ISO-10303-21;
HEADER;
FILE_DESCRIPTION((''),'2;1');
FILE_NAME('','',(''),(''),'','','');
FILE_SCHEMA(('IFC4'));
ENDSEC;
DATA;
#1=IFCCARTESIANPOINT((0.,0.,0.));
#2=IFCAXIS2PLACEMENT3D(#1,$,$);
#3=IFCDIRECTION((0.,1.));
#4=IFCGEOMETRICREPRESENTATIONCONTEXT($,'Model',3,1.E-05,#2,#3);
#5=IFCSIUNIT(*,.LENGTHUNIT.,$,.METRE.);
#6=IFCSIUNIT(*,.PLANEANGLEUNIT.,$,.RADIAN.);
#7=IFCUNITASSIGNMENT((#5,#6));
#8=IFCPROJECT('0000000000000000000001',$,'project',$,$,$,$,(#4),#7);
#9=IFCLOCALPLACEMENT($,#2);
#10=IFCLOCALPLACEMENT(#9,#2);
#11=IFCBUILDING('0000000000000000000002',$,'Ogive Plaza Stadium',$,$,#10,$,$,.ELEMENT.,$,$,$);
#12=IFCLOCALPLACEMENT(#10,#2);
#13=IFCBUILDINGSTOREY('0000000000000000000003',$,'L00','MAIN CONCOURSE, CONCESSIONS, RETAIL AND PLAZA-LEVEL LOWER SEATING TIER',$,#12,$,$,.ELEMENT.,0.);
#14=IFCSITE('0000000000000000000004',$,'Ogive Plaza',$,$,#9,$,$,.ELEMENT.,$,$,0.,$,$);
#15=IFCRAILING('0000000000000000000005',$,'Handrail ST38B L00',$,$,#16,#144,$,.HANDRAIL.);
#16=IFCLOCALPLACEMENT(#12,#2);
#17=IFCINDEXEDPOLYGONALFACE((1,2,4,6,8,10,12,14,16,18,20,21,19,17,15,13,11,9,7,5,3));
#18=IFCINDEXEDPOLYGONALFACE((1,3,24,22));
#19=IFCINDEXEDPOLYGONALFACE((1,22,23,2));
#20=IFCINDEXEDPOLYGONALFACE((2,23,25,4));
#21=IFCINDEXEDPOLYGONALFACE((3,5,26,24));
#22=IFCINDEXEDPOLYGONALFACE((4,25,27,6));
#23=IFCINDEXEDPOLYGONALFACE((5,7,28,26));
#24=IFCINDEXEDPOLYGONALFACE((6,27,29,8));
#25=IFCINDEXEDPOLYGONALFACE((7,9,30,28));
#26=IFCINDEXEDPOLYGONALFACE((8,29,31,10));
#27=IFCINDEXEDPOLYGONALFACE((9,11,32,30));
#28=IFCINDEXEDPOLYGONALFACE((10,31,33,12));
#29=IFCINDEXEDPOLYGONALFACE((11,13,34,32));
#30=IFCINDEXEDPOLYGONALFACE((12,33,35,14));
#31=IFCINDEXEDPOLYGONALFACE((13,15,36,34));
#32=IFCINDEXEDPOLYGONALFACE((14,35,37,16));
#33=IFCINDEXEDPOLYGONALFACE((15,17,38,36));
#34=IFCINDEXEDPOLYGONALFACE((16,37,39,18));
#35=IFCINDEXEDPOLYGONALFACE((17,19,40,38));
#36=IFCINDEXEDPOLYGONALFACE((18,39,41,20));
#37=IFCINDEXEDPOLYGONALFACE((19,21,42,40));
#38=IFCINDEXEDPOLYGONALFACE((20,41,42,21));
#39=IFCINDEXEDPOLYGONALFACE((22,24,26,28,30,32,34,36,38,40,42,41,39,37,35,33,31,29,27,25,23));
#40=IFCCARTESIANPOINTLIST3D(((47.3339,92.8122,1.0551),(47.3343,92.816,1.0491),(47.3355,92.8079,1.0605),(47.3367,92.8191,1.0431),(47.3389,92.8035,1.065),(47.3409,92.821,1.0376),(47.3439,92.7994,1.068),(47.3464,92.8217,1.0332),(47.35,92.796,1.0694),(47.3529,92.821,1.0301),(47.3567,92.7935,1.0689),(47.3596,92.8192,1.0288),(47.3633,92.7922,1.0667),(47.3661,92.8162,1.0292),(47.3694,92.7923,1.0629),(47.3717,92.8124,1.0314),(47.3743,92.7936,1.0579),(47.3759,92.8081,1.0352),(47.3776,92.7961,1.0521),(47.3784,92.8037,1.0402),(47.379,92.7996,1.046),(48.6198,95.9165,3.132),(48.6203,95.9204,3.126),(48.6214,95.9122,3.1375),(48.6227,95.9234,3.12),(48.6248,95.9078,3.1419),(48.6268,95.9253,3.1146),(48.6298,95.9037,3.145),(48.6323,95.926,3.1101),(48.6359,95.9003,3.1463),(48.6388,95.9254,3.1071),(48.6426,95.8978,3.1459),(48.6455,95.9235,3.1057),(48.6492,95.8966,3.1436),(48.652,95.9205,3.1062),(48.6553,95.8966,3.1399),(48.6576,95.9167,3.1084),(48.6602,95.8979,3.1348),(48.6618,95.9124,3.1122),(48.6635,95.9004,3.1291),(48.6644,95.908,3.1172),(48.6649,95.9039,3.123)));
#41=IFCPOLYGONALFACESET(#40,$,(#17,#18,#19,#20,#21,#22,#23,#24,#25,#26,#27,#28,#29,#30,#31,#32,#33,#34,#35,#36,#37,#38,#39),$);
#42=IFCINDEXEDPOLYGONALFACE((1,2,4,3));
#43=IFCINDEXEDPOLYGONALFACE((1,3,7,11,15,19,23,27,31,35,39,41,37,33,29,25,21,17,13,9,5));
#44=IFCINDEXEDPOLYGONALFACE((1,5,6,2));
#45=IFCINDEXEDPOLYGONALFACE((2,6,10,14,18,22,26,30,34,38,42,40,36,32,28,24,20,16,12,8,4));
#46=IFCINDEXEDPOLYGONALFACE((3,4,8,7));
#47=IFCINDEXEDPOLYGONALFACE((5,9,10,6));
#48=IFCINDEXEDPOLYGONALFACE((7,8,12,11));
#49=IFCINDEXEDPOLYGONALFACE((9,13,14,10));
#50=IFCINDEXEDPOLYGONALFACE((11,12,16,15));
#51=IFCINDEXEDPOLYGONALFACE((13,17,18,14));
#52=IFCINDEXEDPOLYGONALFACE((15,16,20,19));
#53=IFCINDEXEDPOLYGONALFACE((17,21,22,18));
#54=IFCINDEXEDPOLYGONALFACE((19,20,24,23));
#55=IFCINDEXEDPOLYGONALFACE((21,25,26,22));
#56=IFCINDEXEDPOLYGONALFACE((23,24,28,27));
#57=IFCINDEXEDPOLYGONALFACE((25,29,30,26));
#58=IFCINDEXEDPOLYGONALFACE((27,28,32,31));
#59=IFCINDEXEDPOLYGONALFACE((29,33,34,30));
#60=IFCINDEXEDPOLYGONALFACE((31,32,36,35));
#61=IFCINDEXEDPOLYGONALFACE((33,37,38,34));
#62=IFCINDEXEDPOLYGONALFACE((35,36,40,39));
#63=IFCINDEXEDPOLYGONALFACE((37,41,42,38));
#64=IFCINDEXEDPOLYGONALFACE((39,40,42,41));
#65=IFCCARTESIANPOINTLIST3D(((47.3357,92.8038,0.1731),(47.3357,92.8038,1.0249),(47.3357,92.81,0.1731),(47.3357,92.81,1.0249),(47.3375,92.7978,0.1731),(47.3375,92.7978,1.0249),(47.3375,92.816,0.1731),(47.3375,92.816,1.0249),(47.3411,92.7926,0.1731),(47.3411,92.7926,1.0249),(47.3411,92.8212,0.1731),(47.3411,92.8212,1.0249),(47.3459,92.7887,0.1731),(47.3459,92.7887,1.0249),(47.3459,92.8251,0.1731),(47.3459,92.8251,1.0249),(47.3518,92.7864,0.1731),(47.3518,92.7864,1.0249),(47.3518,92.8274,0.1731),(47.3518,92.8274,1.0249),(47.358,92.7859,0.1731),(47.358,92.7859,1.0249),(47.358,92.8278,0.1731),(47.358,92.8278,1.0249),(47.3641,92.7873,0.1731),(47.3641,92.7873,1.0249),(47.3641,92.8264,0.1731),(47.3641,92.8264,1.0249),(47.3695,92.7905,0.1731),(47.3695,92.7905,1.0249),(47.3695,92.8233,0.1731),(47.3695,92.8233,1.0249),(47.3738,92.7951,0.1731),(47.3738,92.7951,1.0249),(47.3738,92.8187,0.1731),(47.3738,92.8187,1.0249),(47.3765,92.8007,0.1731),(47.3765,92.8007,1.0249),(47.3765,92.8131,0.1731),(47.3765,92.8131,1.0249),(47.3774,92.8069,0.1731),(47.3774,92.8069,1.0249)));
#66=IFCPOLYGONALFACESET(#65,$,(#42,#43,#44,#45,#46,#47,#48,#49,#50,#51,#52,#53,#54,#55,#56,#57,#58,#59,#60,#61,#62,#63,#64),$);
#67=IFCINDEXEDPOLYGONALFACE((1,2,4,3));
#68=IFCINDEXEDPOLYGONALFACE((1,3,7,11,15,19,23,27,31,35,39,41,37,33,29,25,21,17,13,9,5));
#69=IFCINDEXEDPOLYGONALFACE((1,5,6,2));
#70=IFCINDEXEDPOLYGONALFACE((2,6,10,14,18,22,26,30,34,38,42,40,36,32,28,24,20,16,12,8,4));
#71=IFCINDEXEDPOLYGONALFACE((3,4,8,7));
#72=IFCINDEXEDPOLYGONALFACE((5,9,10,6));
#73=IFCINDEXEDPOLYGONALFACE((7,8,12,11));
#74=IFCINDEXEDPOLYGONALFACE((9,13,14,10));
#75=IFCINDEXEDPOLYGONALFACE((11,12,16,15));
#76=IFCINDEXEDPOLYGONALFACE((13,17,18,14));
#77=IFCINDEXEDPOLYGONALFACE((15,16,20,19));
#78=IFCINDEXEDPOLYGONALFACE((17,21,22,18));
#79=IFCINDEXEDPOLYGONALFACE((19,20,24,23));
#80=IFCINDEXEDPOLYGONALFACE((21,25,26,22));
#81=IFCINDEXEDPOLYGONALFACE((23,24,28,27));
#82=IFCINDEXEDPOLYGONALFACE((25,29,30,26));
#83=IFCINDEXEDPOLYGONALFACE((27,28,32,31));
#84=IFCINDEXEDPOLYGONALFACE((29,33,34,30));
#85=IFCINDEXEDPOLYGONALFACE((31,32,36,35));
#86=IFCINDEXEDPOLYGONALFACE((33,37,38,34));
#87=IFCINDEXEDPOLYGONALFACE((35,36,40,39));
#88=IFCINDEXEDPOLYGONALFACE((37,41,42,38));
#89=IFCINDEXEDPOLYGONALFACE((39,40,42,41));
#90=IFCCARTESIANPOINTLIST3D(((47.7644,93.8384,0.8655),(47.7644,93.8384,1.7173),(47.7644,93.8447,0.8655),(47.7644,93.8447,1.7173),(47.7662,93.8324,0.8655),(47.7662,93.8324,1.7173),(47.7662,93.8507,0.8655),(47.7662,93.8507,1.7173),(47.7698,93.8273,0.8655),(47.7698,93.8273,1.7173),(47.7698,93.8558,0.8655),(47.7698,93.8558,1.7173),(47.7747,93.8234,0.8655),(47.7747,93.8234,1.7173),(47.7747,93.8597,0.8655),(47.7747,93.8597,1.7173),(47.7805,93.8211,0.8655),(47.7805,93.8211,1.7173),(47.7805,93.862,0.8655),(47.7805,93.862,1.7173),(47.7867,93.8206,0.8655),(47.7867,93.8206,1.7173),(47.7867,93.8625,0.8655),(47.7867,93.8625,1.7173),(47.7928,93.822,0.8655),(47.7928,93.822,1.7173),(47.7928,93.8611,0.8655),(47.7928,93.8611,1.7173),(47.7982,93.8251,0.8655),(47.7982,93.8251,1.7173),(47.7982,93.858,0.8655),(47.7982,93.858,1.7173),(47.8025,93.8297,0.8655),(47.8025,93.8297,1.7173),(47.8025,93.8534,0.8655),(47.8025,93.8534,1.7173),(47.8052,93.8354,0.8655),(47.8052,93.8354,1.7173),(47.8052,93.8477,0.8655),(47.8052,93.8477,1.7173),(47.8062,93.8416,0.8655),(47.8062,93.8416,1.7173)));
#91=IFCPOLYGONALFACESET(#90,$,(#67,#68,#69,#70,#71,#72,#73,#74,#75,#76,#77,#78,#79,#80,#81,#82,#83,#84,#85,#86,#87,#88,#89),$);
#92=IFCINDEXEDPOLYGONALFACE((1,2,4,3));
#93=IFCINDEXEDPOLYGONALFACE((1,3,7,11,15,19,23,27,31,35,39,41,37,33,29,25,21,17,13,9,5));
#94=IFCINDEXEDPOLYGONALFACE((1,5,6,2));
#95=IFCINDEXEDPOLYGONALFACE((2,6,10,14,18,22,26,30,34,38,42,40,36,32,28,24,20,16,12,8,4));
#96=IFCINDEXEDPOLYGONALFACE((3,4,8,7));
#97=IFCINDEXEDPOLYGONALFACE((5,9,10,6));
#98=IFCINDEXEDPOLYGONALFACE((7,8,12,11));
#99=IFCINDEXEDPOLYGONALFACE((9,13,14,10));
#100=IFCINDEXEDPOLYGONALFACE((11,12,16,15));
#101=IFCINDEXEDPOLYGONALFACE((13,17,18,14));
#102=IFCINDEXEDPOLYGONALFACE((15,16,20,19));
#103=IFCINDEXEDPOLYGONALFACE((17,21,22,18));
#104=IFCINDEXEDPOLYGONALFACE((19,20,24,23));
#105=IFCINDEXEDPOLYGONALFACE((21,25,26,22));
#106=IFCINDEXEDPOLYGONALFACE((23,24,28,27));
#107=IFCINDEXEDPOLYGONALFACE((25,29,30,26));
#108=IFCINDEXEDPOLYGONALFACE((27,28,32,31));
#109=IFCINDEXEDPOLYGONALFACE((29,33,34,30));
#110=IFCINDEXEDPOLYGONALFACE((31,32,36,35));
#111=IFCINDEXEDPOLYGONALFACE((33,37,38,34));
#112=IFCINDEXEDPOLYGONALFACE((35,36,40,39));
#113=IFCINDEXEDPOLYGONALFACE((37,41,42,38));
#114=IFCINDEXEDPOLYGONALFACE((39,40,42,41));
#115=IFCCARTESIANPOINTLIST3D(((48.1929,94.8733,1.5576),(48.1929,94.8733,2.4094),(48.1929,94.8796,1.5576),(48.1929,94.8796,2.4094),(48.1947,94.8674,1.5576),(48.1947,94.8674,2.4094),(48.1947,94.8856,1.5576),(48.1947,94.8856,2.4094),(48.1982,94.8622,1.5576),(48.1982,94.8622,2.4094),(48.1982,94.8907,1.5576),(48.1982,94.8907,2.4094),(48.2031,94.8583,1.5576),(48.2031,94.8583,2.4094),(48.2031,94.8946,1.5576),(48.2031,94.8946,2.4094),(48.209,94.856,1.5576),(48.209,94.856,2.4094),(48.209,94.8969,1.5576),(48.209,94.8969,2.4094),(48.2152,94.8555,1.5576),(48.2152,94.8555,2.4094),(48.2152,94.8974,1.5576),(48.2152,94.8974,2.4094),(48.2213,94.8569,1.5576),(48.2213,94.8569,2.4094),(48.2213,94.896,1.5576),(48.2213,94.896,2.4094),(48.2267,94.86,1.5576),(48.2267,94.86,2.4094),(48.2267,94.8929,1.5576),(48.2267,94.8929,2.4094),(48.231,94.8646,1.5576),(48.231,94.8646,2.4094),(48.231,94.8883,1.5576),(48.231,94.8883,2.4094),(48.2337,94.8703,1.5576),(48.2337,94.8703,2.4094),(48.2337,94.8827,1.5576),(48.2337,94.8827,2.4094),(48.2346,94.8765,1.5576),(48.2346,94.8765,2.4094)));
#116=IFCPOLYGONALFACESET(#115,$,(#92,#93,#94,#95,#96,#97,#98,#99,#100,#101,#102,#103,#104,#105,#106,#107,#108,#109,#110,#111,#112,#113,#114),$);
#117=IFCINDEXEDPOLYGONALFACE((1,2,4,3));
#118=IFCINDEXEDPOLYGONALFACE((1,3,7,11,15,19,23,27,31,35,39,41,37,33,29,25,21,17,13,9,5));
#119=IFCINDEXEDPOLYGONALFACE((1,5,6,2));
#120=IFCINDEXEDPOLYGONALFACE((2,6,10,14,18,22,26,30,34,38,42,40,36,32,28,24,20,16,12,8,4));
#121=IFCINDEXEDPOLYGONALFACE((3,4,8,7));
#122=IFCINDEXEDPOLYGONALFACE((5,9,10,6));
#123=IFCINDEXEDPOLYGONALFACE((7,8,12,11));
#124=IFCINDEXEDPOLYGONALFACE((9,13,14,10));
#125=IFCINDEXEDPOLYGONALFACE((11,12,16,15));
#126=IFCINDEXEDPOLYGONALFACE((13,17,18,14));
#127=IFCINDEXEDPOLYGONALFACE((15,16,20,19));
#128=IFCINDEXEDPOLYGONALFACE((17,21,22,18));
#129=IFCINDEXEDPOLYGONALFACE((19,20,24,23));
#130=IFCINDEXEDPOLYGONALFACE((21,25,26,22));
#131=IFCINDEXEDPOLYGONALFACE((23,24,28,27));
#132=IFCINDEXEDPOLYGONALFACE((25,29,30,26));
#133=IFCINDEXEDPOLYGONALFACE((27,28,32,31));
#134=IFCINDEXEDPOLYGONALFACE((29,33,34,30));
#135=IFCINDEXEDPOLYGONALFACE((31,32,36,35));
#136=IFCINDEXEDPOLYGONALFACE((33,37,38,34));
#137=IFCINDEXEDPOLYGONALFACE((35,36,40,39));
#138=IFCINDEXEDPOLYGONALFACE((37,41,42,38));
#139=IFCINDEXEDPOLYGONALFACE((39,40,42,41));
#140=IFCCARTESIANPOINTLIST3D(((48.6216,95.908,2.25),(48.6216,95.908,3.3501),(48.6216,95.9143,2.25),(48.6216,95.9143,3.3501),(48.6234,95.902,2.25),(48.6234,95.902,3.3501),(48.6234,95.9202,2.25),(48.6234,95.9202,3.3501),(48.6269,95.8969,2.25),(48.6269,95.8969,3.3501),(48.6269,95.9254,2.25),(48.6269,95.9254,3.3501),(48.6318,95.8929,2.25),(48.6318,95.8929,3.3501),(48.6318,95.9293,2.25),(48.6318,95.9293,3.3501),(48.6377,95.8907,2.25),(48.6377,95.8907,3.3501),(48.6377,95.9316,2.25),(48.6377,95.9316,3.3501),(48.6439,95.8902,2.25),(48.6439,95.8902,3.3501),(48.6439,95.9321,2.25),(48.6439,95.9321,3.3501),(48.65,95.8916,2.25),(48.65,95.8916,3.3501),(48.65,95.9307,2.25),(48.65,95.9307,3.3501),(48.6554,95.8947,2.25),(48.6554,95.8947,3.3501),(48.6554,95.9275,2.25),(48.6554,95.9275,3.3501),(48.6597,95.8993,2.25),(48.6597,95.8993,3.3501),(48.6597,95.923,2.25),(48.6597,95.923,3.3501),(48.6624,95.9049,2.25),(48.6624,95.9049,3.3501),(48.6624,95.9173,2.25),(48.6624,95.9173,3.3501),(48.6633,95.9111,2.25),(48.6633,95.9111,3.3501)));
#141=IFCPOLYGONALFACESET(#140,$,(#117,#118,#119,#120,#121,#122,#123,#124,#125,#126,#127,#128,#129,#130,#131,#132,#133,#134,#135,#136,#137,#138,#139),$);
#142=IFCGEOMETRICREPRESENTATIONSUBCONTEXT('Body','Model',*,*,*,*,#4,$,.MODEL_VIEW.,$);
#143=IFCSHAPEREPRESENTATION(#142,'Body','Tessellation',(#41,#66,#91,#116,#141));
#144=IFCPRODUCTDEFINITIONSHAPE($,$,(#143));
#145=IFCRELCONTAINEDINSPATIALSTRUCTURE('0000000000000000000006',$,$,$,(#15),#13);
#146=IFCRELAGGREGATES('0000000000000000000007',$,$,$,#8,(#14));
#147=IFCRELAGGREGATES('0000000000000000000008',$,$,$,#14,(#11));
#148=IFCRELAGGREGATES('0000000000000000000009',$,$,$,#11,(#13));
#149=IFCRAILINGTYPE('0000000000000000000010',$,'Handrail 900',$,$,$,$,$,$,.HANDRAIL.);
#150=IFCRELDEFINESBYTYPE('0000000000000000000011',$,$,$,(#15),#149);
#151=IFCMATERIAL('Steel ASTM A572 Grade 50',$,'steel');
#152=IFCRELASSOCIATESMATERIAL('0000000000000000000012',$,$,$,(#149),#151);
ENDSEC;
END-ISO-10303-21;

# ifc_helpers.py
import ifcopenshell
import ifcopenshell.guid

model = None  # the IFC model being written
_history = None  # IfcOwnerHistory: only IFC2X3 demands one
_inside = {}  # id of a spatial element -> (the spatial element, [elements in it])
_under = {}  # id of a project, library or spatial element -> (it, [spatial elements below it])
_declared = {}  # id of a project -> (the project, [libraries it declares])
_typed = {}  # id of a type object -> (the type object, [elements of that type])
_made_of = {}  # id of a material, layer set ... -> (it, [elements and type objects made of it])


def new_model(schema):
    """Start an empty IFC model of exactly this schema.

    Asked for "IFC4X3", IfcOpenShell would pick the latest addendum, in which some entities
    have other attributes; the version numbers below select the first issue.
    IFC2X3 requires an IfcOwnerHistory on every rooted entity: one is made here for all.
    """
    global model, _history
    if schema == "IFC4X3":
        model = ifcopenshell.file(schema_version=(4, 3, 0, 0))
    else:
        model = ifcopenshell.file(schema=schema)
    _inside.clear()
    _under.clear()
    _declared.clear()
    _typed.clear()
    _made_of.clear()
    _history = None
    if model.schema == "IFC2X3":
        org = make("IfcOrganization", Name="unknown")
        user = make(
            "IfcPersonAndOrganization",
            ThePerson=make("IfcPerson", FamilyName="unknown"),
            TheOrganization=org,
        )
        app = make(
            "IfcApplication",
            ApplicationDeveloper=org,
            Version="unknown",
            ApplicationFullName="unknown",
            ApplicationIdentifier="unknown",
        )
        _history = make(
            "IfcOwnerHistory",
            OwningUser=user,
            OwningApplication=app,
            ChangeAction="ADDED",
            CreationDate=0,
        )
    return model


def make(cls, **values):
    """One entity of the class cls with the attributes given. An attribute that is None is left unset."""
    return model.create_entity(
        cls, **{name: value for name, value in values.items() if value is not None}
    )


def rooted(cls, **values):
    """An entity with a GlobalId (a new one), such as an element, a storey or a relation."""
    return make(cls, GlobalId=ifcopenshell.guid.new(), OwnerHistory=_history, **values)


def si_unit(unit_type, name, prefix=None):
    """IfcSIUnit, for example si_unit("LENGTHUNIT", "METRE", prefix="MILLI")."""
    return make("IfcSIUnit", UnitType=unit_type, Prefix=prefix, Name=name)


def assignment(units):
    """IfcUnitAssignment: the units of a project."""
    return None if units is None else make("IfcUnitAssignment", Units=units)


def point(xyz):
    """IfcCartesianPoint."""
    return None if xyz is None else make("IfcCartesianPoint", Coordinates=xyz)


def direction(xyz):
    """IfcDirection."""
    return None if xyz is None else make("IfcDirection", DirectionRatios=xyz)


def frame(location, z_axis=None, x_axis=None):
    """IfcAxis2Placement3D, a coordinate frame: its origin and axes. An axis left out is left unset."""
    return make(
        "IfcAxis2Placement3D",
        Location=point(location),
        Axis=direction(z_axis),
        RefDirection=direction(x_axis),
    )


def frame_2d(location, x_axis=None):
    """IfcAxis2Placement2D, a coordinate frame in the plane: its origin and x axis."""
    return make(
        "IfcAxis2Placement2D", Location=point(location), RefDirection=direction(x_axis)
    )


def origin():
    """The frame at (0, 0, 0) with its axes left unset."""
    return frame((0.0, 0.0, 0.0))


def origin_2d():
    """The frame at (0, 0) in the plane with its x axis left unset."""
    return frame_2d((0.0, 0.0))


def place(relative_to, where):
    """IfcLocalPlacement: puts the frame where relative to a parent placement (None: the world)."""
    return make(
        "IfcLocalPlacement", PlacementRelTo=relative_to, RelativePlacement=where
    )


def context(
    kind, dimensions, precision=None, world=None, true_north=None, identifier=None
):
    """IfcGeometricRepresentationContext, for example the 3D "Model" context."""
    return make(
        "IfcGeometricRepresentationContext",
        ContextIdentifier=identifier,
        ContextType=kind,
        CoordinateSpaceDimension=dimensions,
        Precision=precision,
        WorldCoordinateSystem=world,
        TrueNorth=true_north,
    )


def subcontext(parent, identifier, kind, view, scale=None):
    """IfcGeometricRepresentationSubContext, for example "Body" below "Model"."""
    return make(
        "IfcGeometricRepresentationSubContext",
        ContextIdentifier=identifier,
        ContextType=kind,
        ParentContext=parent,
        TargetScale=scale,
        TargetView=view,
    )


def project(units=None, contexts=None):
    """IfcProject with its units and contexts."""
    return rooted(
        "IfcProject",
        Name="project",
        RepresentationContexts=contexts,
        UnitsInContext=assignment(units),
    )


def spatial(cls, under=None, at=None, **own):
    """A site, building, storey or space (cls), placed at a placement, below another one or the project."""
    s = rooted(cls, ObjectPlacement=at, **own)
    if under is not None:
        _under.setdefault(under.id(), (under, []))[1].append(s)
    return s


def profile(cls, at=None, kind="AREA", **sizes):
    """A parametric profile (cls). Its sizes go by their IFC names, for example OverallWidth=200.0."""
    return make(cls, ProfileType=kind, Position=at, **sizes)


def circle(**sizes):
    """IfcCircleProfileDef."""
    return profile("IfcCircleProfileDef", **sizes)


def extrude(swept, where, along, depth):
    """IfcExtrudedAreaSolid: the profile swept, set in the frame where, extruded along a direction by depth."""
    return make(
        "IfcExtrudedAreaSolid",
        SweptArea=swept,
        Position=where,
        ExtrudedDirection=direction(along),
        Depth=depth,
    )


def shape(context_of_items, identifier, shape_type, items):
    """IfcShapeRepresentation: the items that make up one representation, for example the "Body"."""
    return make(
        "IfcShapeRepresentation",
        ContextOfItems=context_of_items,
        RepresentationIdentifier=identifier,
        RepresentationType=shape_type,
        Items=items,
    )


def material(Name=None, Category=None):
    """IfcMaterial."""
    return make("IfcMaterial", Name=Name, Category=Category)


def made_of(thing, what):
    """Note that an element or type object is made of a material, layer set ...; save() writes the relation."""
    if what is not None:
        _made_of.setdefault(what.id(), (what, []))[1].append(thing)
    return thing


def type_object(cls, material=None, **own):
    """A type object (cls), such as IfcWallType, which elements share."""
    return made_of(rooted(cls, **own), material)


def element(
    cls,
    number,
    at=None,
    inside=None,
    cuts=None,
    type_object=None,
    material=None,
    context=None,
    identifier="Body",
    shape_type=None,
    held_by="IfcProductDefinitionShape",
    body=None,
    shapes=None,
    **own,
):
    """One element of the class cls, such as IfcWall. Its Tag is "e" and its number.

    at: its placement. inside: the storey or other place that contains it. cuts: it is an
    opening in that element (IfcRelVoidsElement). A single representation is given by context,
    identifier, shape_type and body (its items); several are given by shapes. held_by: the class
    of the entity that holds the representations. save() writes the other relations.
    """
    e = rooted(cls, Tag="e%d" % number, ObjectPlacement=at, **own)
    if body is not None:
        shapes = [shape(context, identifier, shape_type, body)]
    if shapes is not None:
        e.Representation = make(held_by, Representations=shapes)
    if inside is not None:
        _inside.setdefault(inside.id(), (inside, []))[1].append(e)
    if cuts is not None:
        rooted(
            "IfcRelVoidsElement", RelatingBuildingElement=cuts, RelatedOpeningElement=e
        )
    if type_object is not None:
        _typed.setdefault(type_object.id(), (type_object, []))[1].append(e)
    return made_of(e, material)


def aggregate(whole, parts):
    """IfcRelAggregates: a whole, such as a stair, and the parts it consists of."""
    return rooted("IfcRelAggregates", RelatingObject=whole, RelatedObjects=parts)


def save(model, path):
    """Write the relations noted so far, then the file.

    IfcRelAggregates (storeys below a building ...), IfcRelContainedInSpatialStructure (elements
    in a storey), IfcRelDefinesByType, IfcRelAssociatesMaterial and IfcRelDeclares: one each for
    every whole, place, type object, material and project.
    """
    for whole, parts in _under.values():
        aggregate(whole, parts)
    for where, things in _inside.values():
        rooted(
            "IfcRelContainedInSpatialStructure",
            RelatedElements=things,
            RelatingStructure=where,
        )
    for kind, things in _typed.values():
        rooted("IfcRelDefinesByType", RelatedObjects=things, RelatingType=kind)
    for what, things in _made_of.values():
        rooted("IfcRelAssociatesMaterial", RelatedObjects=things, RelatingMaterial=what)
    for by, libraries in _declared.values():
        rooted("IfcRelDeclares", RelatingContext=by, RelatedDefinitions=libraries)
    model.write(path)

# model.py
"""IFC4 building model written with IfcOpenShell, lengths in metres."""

from ifc_helpers import new_model, si_unit, direction, frame, origin, origin_2d, place, context, subcontext, project, spatial, circle, extrude, material, type_object, element, save


model = new_model("IFC4")

# Units and contexts
model_context = context("Model", 3, precision=1e-05, world=origin(), true_north=direction((0.0, 1.0)))
body_context = subcontext(model_context, "Body", "Model", "MODEL_VIEW")
ifc_project = project(units=[si_unit("LENGTHUNIT", "METRE"), si_unit("PLANEANGLEUNIT", "RADIAN")], contexts=[model_context])

# Site, building, storey
site_placement = place(None, origin())
site = spatial("IfcSite", under=ifc_project, at=site_placement, Name="Ogive Plaza", CompositionType="ELEMENT", RefElevation=0.0)
building_placement = place(site_placement, origin())
building = spatial("IfcBuilding", under=site, at=building_placement, Name="Ogive Plaza Stadium", CompositionType="ELEMENT")
storey_placement = place(building_placement, origin())
storey = spatial("IfcBuildingStorey", under=building, at=storey_placement, Name="L00", Description="MAIN CONCOURSE, CONCESSIONS, RETAIL AND PLAZA-LEVEL LOWER SEATING TIER", CompositionType="ELEMENT", Elevation=0.0)

# Railing
ifc_material_1 = material(Name="Steel ASTM A572 Grade 50", Category="steel")
railing_type_1 = type_object("IfcRailingType", Name="Handrail 900", PredefinedType="HANDRAIL", material=ifc_material_1)
for number, where, name in (
    (1, (47.3564, 92.8069, 0.1731), "Handrail ST38B L00"),
):
    element("IfcRailing", number, at=place(storey_placement, frame(where)), inside=storey, type_object=railing_type_1, Name=name, PredefinedType="HANDRAIL", context=body_context, shape_type="SweptSolid", body=[
        extrude(circle(Radius=0.0239, at=origin_2d()), frame((0.0, 0.0, 0.876), z_axis=(0.325532, 0.785863, 0.525783), x_axis=(-0.923872, 0.3827, 0.0)), (0.0, 0.0, 1.0), 3.9502),
        extrude(circle(Radius=0.021, at=origin_2d()), origin(), (0.0, 0.0, 1.0), 0.8518),
        extrude(circle(Radius=0.021, at=origin_2d()), frame((0.4287, 1.0347, 0.6924)), (0.0, 0.0, 1.0), 0.8518),
        extrude(circle(Radius=0.021, at=origin_2d()), frame((0.8572, 2.0696, 1.3845)), (0.0, 0.0, 1.0), 0.8518),
        extrude(circle(Radius=0.021, at=origin_2d()), frame((1.2859, 3.1042, 2.0769)), (0.0, 0.0, 1.0), 1.1001),
    ])

save(model, "model.ifc")
